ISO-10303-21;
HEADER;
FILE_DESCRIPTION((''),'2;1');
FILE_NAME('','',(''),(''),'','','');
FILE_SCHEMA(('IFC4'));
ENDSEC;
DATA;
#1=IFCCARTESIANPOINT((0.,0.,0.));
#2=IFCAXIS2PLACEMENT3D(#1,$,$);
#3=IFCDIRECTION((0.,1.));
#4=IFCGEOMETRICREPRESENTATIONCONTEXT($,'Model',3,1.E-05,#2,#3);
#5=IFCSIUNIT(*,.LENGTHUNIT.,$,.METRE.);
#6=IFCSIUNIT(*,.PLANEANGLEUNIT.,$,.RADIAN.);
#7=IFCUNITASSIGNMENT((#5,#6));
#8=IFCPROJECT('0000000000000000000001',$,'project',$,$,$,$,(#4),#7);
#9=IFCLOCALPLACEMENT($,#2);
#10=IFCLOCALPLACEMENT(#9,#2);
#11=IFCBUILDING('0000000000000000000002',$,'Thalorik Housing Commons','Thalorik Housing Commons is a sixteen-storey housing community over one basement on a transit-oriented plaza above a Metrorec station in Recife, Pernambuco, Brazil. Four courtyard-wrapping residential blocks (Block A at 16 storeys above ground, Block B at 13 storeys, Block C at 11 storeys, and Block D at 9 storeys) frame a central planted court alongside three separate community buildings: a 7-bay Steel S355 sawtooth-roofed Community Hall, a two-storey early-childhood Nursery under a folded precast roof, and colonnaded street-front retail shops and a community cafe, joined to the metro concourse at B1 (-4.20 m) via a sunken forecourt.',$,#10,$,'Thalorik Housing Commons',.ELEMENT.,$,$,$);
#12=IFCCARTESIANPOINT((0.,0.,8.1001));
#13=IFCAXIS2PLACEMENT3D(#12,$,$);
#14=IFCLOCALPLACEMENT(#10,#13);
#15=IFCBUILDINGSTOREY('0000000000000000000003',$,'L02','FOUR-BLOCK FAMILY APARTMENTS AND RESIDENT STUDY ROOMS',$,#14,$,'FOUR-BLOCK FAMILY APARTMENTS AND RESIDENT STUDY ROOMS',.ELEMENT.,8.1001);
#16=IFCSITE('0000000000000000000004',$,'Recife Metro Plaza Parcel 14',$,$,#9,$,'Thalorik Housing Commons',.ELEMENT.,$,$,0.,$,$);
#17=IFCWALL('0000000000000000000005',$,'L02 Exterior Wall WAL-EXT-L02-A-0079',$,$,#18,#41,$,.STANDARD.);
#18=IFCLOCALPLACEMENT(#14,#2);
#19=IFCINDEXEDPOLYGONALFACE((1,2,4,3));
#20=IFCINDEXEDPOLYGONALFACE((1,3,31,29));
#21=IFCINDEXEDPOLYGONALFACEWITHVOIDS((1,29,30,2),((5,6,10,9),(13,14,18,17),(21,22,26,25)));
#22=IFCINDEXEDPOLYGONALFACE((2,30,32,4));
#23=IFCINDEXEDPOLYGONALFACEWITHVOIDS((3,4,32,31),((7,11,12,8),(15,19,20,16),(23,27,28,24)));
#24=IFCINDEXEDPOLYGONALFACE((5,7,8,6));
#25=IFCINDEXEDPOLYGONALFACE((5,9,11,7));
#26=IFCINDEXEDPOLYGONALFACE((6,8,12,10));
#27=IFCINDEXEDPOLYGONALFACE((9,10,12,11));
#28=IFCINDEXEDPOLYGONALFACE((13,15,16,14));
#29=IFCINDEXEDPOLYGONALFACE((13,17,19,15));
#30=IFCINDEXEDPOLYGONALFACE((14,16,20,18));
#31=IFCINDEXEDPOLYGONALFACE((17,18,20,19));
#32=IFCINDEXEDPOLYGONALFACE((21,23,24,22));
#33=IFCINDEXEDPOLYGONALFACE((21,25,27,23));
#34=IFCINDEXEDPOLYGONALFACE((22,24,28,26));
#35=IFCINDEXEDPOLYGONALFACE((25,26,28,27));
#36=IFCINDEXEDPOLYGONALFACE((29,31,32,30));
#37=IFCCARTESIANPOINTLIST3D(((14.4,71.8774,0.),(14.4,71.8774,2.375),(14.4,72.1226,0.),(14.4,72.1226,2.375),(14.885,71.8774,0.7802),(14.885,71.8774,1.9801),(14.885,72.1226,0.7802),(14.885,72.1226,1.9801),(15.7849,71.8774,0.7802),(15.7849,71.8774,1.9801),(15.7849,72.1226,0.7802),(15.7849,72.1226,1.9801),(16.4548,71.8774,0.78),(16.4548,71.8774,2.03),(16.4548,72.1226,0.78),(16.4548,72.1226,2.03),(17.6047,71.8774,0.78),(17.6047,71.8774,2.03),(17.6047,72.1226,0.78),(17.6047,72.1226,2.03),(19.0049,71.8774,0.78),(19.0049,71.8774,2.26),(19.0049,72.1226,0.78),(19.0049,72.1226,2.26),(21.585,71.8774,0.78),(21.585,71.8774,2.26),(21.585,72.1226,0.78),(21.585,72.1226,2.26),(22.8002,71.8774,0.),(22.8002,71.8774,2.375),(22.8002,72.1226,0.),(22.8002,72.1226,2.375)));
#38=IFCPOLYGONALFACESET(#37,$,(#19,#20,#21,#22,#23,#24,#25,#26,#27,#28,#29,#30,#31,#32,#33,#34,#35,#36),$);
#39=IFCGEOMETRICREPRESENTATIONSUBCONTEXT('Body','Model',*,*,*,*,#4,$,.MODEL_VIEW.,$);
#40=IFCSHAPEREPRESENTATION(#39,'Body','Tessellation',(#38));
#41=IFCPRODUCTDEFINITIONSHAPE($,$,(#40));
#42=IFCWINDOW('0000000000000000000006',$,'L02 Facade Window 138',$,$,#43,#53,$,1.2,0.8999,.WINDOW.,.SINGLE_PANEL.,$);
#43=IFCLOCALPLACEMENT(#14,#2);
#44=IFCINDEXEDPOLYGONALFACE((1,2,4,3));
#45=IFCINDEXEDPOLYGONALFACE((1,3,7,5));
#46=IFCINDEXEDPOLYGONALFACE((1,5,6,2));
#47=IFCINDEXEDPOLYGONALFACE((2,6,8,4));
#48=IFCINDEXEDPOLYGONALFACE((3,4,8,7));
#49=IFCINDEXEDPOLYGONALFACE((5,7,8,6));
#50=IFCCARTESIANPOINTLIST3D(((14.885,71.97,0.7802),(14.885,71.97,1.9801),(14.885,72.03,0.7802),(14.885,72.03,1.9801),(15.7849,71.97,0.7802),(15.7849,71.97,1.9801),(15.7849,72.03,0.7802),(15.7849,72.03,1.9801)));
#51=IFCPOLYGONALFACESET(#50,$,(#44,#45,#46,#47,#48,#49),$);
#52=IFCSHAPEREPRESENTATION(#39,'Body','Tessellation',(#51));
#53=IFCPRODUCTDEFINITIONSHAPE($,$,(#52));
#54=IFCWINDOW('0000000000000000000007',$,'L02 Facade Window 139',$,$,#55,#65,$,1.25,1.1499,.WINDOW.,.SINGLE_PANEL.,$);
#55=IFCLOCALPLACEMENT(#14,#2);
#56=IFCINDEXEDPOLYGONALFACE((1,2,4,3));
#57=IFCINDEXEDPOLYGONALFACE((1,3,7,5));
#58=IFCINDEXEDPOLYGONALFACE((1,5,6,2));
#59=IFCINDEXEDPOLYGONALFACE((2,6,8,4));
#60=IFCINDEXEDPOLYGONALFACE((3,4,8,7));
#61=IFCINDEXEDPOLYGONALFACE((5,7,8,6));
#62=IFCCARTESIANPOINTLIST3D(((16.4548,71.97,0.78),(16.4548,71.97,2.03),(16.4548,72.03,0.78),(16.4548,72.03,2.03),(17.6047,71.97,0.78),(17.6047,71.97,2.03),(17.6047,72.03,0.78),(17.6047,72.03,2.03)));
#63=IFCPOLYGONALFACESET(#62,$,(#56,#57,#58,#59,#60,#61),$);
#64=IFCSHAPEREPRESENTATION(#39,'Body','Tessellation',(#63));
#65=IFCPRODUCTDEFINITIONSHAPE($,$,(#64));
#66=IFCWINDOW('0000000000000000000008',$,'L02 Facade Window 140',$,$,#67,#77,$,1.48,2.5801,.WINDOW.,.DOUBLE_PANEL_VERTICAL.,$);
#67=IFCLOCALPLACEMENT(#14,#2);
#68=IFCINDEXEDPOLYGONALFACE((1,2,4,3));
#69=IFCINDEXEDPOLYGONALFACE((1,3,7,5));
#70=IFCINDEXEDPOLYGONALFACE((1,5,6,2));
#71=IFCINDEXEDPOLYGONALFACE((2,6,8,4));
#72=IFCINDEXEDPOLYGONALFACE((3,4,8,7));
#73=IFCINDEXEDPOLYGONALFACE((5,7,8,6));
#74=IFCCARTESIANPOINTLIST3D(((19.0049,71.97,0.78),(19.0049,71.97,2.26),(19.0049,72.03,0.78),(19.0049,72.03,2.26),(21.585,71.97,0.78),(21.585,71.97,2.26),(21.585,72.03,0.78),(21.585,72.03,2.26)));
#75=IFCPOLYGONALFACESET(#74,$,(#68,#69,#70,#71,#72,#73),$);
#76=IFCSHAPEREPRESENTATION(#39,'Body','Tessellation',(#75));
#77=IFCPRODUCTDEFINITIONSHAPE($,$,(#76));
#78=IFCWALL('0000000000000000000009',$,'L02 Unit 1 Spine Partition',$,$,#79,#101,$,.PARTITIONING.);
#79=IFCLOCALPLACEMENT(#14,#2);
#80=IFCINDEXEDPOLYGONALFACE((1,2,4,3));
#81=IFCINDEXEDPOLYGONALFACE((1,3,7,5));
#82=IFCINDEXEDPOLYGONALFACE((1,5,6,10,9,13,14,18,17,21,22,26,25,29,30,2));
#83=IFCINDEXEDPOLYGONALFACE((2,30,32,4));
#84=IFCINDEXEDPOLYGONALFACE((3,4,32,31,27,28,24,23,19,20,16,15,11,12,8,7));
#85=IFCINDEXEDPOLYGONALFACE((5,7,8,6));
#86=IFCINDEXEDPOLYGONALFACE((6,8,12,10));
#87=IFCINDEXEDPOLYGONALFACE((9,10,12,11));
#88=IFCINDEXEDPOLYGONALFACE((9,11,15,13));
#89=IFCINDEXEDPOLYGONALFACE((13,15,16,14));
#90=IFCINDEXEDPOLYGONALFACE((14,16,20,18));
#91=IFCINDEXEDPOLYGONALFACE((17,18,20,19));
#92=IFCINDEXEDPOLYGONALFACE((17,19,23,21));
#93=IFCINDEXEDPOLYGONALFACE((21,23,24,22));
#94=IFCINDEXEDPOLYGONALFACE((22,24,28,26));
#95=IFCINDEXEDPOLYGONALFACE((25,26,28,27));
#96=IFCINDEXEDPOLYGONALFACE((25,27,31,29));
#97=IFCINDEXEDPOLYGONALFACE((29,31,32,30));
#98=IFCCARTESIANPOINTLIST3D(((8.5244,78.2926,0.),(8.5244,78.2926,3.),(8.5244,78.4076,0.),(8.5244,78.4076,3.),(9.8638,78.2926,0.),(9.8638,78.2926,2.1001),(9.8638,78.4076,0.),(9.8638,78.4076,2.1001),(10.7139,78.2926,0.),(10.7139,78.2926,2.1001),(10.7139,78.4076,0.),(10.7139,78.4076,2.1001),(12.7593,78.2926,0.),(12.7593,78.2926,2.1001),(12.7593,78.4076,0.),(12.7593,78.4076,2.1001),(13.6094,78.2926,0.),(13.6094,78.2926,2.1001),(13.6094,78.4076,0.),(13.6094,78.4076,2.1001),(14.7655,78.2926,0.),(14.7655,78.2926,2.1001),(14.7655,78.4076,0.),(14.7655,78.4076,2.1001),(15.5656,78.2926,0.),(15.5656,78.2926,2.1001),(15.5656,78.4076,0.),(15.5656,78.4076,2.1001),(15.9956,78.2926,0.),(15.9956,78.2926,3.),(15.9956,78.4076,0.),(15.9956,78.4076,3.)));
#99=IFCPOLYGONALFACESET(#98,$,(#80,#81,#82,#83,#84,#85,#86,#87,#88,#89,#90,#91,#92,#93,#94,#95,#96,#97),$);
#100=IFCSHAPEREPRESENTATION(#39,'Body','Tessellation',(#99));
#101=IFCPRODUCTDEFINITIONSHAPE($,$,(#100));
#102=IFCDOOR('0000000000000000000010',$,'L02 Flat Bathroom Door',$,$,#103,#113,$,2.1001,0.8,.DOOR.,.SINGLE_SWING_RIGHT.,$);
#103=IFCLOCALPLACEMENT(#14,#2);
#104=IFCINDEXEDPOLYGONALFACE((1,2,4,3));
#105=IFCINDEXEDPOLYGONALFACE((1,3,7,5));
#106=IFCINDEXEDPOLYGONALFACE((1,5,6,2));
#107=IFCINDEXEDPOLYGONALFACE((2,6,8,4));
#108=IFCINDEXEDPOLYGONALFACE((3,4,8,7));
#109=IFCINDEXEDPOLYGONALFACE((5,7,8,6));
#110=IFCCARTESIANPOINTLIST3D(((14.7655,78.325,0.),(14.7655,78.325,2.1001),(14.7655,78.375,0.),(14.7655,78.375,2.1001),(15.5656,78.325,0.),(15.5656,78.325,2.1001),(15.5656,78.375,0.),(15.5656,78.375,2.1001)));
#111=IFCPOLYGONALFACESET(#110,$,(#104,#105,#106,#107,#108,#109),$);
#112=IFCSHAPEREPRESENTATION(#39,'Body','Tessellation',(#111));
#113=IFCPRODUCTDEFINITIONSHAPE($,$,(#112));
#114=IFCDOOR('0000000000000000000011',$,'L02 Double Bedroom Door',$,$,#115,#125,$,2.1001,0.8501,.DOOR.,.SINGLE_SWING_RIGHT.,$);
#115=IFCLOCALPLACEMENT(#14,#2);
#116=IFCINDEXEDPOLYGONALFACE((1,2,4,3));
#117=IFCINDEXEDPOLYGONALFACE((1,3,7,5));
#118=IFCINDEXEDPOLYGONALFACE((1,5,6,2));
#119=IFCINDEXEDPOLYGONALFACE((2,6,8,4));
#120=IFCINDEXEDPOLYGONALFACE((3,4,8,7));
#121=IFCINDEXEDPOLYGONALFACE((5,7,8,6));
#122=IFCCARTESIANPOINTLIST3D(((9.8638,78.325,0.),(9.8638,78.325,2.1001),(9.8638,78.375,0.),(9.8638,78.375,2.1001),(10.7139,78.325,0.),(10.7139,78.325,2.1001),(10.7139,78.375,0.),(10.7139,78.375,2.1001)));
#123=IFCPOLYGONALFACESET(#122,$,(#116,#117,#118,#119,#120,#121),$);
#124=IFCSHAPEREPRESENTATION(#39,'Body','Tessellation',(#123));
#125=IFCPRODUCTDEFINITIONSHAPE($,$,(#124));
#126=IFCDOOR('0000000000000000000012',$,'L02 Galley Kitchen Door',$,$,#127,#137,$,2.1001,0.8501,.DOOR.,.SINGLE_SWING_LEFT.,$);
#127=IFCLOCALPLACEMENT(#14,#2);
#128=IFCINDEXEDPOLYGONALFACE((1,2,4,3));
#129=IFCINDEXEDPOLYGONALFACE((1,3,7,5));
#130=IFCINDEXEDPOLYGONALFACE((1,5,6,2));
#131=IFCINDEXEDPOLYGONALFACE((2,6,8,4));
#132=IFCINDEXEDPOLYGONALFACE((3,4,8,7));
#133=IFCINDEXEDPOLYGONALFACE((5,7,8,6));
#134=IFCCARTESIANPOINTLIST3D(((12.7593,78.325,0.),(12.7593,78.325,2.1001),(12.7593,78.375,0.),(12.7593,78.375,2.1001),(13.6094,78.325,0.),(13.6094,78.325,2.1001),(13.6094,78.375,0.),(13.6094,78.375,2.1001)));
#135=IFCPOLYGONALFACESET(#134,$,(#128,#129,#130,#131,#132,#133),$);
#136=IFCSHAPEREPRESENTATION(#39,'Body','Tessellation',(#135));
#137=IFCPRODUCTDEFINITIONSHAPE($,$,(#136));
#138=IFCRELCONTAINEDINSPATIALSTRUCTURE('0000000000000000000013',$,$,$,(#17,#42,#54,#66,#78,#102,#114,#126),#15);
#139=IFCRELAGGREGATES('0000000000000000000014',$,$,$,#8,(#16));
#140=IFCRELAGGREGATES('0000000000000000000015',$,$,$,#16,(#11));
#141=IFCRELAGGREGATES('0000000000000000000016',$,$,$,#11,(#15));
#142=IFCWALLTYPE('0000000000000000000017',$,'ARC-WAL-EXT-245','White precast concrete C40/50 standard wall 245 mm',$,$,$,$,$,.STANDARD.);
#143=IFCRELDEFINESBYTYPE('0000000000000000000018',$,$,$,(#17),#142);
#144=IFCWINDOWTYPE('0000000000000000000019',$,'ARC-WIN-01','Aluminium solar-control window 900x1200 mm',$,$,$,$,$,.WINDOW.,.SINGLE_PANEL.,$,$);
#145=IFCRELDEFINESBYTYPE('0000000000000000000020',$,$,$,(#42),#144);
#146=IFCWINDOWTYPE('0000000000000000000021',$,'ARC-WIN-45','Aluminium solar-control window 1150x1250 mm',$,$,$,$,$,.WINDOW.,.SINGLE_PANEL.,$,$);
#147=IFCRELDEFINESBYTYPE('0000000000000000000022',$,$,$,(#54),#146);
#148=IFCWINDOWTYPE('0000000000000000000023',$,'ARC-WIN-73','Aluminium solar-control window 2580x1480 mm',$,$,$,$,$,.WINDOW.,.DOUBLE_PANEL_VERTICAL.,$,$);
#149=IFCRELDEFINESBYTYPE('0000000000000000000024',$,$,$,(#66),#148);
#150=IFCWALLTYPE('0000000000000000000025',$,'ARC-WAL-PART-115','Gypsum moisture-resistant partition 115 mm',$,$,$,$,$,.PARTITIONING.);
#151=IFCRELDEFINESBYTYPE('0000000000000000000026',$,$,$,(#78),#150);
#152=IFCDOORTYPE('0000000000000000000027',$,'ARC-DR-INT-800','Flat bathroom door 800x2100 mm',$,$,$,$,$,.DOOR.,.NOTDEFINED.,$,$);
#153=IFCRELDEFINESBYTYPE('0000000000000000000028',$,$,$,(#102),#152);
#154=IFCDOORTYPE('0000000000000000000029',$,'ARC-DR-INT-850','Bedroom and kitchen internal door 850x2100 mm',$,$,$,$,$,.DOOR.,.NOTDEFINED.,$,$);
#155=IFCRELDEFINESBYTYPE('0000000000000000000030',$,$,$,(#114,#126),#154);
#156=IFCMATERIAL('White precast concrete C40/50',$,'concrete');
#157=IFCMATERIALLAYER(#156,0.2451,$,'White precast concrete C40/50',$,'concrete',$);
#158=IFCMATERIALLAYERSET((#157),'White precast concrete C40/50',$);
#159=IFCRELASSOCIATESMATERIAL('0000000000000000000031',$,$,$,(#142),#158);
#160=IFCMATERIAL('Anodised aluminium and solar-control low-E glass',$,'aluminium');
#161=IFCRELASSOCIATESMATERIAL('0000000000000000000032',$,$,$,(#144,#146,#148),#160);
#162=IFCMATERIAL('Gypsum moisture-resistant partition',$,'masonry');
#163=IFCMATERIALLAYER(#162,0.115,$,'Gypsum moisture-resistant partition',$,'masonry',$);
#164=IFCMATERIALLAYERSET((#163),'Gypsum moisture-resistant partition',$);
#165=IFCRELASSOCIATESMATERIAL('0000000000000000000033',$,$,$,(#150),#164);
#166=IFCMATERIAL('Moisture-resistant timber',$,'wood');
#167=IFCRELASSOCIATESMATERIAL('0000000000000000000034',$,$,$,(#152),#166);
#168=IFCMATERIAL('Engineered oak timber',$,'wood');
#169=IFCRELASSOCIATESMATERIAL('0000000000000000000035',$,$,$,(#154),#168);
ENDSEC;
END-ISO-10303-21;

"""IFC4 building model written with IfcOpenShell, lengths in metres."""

from ifc_helpers import new_model, si_unit, direction, frame, frame_2d, origin, place, context, subcontext, project, spatial, rectangle, extrude, material, layer, layer_set, type_object, element, fill, save


model = new_model("IFC4")

# Units and contexts
model_context = context("Model", 3, precision=1e-05, world=origin(), true_north=direction((0.0, 1.0)))
body_context = subcontext(model_context, "Body", "Model", "MODEL_VIEW")
ifc_project = project(units=[si_unit("LENGTHUNIT", "METRE"), si_unit("PLANEANGLEUNIT", "RADIAN")], contexts=[model_context])

# Site, building, storey
site_placement = place(None, origin())
site = spatial("IfcSite", under=ifc_project, at=site_placement, Name="Recife Metro Plaza Parcel 14", LongName="Thalorik Housing Commons", CompositionType="ELEMENT", RefElevation=0.0)
building_placement = place(site_placement, origin())
building = spatial("IfcBuilding", under=site, at=building_placement, Name="Thalorik Housing Commons", Description="Thalorik Housing Commons is a sixteen-storey housing community over one basement on a transit-oriented plaza above a Metrorec station in Recife, Pernambuco, Brazil. Four courtyard-wrapping residential blocks (Block A at 16 storeys above ground, Block B at 13 storeys, Block C at 11 storeys, and Block D at 9 storeys) frame a central planted court alongside three separate community buildings: a 7-bay Steel S355 sawtooth-roofed Community Hall, a two-storey early-childhood Nursery under a folded precast roof, and colonnaded street-front retail shops and a community cafe, joined to the metro concourse at B1 (-4.20 m) via a sunken forecourt.", LongName="Thalorik Housing Commons", CompositionType="ELEMENT")
storey_placement = place(building_placement, frame((0.0, 0.0, 8.1001)))
storey = spatial("IfcBuildingStorey", under=building, at=storey_placement, Name="L02", Description="FOUR-BLOCK FAMILY APARTMENTS AND RESIDENT STUDY ROOMS", LongName="FOUR-BLOCK FAMILY APARTMENTS AND RESIDENT STUDY ROOMS", CompositionType="ELEMENT", Elevation=8.1001)

# Wall, openings, windows
ifc_material_1 = material(Name="White precast concrete C40/50", Category="concrete")
ifc_layer_1 = layer(ifc_material_1, 0.2451, Name="White precast concrete C40/50", Category="concrete")
ifc_layer_set_1 = layer_set([ifc_layer_1], Name="White precast concrete C40/50")
wall_type_1 = type_object("IfcWallType", Name="ARC-WAL-EXT-245", Description="White precast concrete C40/50 standard wall 245 mm", PredefinedType="STANDARD", material=ifc_layer_set_1)
wall_1_placement = place(storey_placement, frame((14.3999, 72.0, 0.0), z_axis=(0.0, 0.0, 1.0), x_axis=(1.0, 0.0, 0.0)))
wall_1 = element("IfcWall", 1, at=wall_1_placement, inside=storey, type_object=wall_type_1, Name="L02 Exterior Wall WAL-EXT-L02-A-0079", PredefinedType="STANDARD", context=body_context, shape_type="SweptSolid", body=[
    extrude(rectangle(XDim=8.4001, YDim=0.2451, at=frame_2d((4.2002, 0.0))), origin(), (0.0, 0.0, 1.0), 2.375),
])
opening_1_placement = place(wall_1_placement, frame((0.4851, 0.0, 0.78)))
opening_1 = element("IfcOpeningElement", 2, at=opening_1_placement, cuts=wall_1, PredefinedType="OPENING", context=body_context, shape_type="SweptSolid", body=[
    extrude(rectangle(XDim=0.8999, YDim=1.2, at=frame_2d((0.45, 0.6001))), frame((0.0, 0.1326, 0.0), z_axis=(0.0, -1.0, 0.0), x_axis=(1.0, 0.0, 0.0)), (0.0, 0.0, 1.0), 0.2651),
])
opening_2_placement = place(wall_1_placement, frame((2.0549, 0.0, 0.78)))
opening_2 = element("IfcOpeningElement", 3, at=opening_2_placement, cuts=wall_1, PredefinedType="OPENING", context=body_context, shape_type="SweptSolid", body=[
    extrude(rectangle(XDim=1.1499, YDim=1.25, at=frame_2d((0.575, 0.625))), frame((0.0, 0.1326, 0.0), z_axis=(0.0, -1.0, 0.0), x_axis=(1.0, 0.0, 0.0)), (0.0, 0.0, 1.0), 0.2651),
])
opening_3_placement = place(wall_1_placement, frame((4.605, 0.0, 0.78)))
opening_3 = element("IfcOpeningElement", 4, at=opening_3_placement, cuts=wall_1, PredefinedType="OPENING", context=body_context, shape_type="SweptSolid", body=[
    extrude(rectangle(XDim=2.5801, YDim=1.48, at=frame_2d((1.29, 0.74))), frame((0.0, 0.1326, 0.0), z_axis=(0.0, -1.0, 0.0), x_axis=(1.0, 0.0, 0.0)), (0.0, 0.0, 1.0), 0.2651),
])
ifc_material_2 = material(Name="Anodised aluminium and solar-control low-E glass", Category="aluminium")
window_type_1 = type_object("IfcWindowType", Name="ARC-WIN-01", Description="Aluminium solar-control window 900x1200 mm", PartitioningType="SINGLE_PANEL", PredefinedType="WINDOW", material=ifc_material_2)
window_1_placement = place(opening_1_placement, origin())
window_1 = element("IfcWindow", 5, at=window_1_placement, inside=storey, type_object=window_type_1, Name="L02 Facade Window 138", OverallHeight=1.2, OverallWidth=0.8999, PartitioningType="SINGLE_PANEL", PredefinedType="WINDOW", context=body_context, shape_type="SweptSolid", body=[
    extrude(rectangle(XDim=0.8999, YDim=1.2, at=frame_2d((0.45, 0.6001))), frame((0.0, 0.03, 0.0), z_axis=(0.0, -1.0, 0.0), x_axis=(1.0, 0.0, 0.0)), (0.0, 0.0, 1.0), 0.0601),
])
fill(opening_1, window_1)
window_type_2 = type_object("IfcWindowType", Name="ARC-WIN-45", Description="Aluminium solar-control window 1150x1250 mm", PartitioningType="SINGLE_PANEL", PredefinedType="WINDOW", material=ifc_material_2)
window_2_placement = place(opening_2_placement, origin())
window_2 = element("IfcWindow", 6, at=window_2_placement, inside=storey, type_object=window_type_2, Name="L02 Facade Window 139", OverallHeight=1.25, OverallWidth=1.1499, PartitioningType="SINGLE_PANEL", PredefinedType="WINDOW", context=body_context, shape_type="SweptSolid", body=[
    extrude(rectangle(XDim=1.1499, YDim=1.25, at=frame_2d((0.575, 0.625))), frame((0.0, 0.03, 0.0), z_axis=(0.0, -1.0, 0.0), x_axis=(1.0, 0.0, 0.0)), (0.0, 0.0, 1.0), 0.0601),
])
fill(opening_2, window_2)
window_type_3 = type_object("IfcWindowType", Name="ARC-WIN-73", Description="Aluminium solar-control window 2580x1480 mm", PartitioningType="DOUBLE_PANEL_VERTICAL", PredefinedType="WINDOW", material=ifc_material_2)
window_3_placement = place(opening_3_placement, origin())
window_3 = element("IfcWindow", 7, at=window_3_placement, inside=storey, type_object=window_type_3, Name="L02 Facade Window 140", OverallHeight=1.48, OverallWidth=2.5801, PartitioningType="DOUBLE_PANEL_VERTICAL", PredefinedType="WINDOW", context=body_context, shape_type="SweptSolid", body=[
    extrude(rectangle(XDim=2.5801, YDim=1.48, at=frame_2d((1.29, 0.74))), frame((0.0, 0.03, 0.0), z_axis=(0.0, -1.0, 0.0), x_axis=(1.0, 0.0, 0.0)), (0.0, 0.0, 1.0), 0.0601),
])
fill(opening_3, window_3)

# Wall, openings, doors
ifc_material_3 = material(Name="Gypsum moisture-resistant partition", Category="masonry")
ifc_layer_2 = layer(ifc_material_3, 0.115, Name="Gypsum moisture-resistant partition", Category="masonry")
ifc_layer_set_2 = layer_set([ifc_layer_2], Name="Gypsum moisture-resistant partition")
wall_type_2 = type_object("IfcWallType", Name="ARC-WAL-PART-115", Description="Gypsum moisture-resistant partition 115 mm", PredefinedType="PARTITIONING", material=ifc_layer_set_2)
wall_2_placement = place(storey_placement, frame((8.5244, 78.3501, 0.0), z_axis=(0.0, 0.0, 1.0), x_axis=(1.0, 0.0, 0.0)))
wall_2 = element("IfcWall", 8, at=wall_2_placement, inside=storey, type_object=wall_type_2, Name="L02 Unit 1 Spine Partition", PredefinedType="PARTITIONING", context=body_context, shape_type="SweptSolid", body=[
    extrude(rectangle(XDim=7.4712, YDim=0.115, at=frame_2d((3.7356, 0.0))), origin(), (0.0, 0.0, 1.0), 3.0),
])
opening_4_placement = place(wall_2_placement, frame((1.3394, 0.0, 0.0)))
opening_4 = element("IfcOpeningElement", 9, at=opening_4_placement, cuts=wall_2, PredefinedType="OPENING", context=body_context, shape_type="SweptSolid", body=[
    extrude(rectangle(XDim=0.8501, YDim=2.1001, at=frame_2d((0.425, 1.05))), frame((0.0, 0.0674, 0.0), z_axis=(0.0, -1.0, 0.0), x_axis=(1.0, 0.0, 0.0)), (0.0, 0.0, 1.0), 0.135),
])
opening_5_placement = place(wall_2_placement, frame((4.2349, 0.0, 0.0)))
opening_5 = element("IfcOpeningElement", 10, at=opening_5_placement, cuts=wall_2, PredefinedType="OPENING", context=body_context, shape_type="SweptSolid", body=[
    extrude(rectangle(XDim=0.8501, YDim=2.1001, at=frame_2d((0.425, 1.05))), frame((0.0, 0.0674, 0.0), z_axis=(0.0, -1.0, 0.0), x_axis=(1.0, 0.0, 0.0)), (0.0, 0.0, 1.0), 0.135),
])
opening_6_placement = place(wall_2_placement, frame((6.2412, 0.0, 0.0)))
opening_6 = element("IfcOpeningElement", 11, at=opening_6_placement, cuts=wall_2, PredefinedType="OPENING", context=body_context, shape_type="SweptSolid", body=[
    extrude(rectangle(XDim=0.8, YDim=2.1001, at=frame_2d((0.3999, 1.05))), frame((0.0, 0.0674, 0.0), z_axis=(0.0, -1.0, 0.0), x_axis=(1.0, 0.0, 0.0)), (0.0, 0.0, 1.0), 0.135),
])
ifc_material_4 = material(Name="Moisture-resistant timber", Category="wood")
door_type_1 = type_object("IfcDoorType", Name="ARC-DR-INT-800", Description="Flat bathroom door 800x2100 mm", OperationType="NOTDEFINED", PredefinedType="DOOR", material=ifc_material_4)
door_1_placement = place(opening_6_placement, origin())
door_1 = element("IfcDoor", 12, at=door_1_placement, inside=storey, type_object=door_type_1, Name="L02 Flat Bathroom Door", OperationType="SINGLE_SWING_RIGHT", OverallHeight=2.1001, OverallWidth=0.8, PredefinedType="DOOR", context=body_context, shape_type="SweptSolid", body=[
    extrude(rectangle(XDim=0.8, YDim=2.1001, at=frame_2d((0.3999, 1.05))), frame((0.0, 0.0249, 0.0), z_axis=(0.0, -1.0, 0.0), x_axis=(1.0, 0.0, 0.0)), (0.0, 0.0, 1.0), 0.05),
])
fill(opening_6, door_1)
ifc_material_5 = material(Name="Engineered oak timber", Category="wood")
door_type_2 = type_object("IfcDoorType", Name="ARC-DR-INT-850", Description="Bedroom and kitchen internal door 850x2100 mm", OperationType="NOTDEFINED", PredefinedType="DOOR", material=ifc_material_5)
door_2_placement = place(opening_4_placement, origin())
door_2 = element("IfcDoor", 13, at=door_2_placement, inside=storey, type_object=door_type_2, Name="L02 Double Bedroom Door", OperationType="SINGLE_SWING_RIGHT", OverallHeight=2.1001, OverallWidth=0.8501, PredefinedType="DOOR", context=body_context, shape_type="SweptSolid", body=[
    extrude(rectangle(XDim=0.8501, YDim=2.1001, at=frame_2d((0.425, 1.05))), frame((0.0, 0.0249, 0.0), z_axis=(0.0, -1.0, 0.0), x_axis=(1.0, 0.0, 0.0)), (0.0, 0.0, 1.0), 0.05),
])
fill(opening_4, door_2)
door_3_placement = place(opening_5_placement, origin())
door_3 = element("IfcDoor", 14, at=door_3_placement, inside=storey, type_object=door_type_2, Name="L02 Galley Kitchen Door", OperationType="SINGLE_SWING_LEFT", OverallHeight=2.1001, OverallWidth=0.8501, PredefinedType="DOOR", context=body_context, shape_type="SweptSolid", body=[
    extrude(rectangle(XDim=0.8501, YDim=2.1001, at=frame_2d((0.425, 1.05))), frame((0.0, 0.0249, 0.0), z_axis=(0.0, -1.0, 0.0), x_axis=(1.0, 0.0, 0.0)), (0.0, 0.0, 1.0), 0.05),
])
fill(opening_5, door_3)

save(model, "model.ifc")
